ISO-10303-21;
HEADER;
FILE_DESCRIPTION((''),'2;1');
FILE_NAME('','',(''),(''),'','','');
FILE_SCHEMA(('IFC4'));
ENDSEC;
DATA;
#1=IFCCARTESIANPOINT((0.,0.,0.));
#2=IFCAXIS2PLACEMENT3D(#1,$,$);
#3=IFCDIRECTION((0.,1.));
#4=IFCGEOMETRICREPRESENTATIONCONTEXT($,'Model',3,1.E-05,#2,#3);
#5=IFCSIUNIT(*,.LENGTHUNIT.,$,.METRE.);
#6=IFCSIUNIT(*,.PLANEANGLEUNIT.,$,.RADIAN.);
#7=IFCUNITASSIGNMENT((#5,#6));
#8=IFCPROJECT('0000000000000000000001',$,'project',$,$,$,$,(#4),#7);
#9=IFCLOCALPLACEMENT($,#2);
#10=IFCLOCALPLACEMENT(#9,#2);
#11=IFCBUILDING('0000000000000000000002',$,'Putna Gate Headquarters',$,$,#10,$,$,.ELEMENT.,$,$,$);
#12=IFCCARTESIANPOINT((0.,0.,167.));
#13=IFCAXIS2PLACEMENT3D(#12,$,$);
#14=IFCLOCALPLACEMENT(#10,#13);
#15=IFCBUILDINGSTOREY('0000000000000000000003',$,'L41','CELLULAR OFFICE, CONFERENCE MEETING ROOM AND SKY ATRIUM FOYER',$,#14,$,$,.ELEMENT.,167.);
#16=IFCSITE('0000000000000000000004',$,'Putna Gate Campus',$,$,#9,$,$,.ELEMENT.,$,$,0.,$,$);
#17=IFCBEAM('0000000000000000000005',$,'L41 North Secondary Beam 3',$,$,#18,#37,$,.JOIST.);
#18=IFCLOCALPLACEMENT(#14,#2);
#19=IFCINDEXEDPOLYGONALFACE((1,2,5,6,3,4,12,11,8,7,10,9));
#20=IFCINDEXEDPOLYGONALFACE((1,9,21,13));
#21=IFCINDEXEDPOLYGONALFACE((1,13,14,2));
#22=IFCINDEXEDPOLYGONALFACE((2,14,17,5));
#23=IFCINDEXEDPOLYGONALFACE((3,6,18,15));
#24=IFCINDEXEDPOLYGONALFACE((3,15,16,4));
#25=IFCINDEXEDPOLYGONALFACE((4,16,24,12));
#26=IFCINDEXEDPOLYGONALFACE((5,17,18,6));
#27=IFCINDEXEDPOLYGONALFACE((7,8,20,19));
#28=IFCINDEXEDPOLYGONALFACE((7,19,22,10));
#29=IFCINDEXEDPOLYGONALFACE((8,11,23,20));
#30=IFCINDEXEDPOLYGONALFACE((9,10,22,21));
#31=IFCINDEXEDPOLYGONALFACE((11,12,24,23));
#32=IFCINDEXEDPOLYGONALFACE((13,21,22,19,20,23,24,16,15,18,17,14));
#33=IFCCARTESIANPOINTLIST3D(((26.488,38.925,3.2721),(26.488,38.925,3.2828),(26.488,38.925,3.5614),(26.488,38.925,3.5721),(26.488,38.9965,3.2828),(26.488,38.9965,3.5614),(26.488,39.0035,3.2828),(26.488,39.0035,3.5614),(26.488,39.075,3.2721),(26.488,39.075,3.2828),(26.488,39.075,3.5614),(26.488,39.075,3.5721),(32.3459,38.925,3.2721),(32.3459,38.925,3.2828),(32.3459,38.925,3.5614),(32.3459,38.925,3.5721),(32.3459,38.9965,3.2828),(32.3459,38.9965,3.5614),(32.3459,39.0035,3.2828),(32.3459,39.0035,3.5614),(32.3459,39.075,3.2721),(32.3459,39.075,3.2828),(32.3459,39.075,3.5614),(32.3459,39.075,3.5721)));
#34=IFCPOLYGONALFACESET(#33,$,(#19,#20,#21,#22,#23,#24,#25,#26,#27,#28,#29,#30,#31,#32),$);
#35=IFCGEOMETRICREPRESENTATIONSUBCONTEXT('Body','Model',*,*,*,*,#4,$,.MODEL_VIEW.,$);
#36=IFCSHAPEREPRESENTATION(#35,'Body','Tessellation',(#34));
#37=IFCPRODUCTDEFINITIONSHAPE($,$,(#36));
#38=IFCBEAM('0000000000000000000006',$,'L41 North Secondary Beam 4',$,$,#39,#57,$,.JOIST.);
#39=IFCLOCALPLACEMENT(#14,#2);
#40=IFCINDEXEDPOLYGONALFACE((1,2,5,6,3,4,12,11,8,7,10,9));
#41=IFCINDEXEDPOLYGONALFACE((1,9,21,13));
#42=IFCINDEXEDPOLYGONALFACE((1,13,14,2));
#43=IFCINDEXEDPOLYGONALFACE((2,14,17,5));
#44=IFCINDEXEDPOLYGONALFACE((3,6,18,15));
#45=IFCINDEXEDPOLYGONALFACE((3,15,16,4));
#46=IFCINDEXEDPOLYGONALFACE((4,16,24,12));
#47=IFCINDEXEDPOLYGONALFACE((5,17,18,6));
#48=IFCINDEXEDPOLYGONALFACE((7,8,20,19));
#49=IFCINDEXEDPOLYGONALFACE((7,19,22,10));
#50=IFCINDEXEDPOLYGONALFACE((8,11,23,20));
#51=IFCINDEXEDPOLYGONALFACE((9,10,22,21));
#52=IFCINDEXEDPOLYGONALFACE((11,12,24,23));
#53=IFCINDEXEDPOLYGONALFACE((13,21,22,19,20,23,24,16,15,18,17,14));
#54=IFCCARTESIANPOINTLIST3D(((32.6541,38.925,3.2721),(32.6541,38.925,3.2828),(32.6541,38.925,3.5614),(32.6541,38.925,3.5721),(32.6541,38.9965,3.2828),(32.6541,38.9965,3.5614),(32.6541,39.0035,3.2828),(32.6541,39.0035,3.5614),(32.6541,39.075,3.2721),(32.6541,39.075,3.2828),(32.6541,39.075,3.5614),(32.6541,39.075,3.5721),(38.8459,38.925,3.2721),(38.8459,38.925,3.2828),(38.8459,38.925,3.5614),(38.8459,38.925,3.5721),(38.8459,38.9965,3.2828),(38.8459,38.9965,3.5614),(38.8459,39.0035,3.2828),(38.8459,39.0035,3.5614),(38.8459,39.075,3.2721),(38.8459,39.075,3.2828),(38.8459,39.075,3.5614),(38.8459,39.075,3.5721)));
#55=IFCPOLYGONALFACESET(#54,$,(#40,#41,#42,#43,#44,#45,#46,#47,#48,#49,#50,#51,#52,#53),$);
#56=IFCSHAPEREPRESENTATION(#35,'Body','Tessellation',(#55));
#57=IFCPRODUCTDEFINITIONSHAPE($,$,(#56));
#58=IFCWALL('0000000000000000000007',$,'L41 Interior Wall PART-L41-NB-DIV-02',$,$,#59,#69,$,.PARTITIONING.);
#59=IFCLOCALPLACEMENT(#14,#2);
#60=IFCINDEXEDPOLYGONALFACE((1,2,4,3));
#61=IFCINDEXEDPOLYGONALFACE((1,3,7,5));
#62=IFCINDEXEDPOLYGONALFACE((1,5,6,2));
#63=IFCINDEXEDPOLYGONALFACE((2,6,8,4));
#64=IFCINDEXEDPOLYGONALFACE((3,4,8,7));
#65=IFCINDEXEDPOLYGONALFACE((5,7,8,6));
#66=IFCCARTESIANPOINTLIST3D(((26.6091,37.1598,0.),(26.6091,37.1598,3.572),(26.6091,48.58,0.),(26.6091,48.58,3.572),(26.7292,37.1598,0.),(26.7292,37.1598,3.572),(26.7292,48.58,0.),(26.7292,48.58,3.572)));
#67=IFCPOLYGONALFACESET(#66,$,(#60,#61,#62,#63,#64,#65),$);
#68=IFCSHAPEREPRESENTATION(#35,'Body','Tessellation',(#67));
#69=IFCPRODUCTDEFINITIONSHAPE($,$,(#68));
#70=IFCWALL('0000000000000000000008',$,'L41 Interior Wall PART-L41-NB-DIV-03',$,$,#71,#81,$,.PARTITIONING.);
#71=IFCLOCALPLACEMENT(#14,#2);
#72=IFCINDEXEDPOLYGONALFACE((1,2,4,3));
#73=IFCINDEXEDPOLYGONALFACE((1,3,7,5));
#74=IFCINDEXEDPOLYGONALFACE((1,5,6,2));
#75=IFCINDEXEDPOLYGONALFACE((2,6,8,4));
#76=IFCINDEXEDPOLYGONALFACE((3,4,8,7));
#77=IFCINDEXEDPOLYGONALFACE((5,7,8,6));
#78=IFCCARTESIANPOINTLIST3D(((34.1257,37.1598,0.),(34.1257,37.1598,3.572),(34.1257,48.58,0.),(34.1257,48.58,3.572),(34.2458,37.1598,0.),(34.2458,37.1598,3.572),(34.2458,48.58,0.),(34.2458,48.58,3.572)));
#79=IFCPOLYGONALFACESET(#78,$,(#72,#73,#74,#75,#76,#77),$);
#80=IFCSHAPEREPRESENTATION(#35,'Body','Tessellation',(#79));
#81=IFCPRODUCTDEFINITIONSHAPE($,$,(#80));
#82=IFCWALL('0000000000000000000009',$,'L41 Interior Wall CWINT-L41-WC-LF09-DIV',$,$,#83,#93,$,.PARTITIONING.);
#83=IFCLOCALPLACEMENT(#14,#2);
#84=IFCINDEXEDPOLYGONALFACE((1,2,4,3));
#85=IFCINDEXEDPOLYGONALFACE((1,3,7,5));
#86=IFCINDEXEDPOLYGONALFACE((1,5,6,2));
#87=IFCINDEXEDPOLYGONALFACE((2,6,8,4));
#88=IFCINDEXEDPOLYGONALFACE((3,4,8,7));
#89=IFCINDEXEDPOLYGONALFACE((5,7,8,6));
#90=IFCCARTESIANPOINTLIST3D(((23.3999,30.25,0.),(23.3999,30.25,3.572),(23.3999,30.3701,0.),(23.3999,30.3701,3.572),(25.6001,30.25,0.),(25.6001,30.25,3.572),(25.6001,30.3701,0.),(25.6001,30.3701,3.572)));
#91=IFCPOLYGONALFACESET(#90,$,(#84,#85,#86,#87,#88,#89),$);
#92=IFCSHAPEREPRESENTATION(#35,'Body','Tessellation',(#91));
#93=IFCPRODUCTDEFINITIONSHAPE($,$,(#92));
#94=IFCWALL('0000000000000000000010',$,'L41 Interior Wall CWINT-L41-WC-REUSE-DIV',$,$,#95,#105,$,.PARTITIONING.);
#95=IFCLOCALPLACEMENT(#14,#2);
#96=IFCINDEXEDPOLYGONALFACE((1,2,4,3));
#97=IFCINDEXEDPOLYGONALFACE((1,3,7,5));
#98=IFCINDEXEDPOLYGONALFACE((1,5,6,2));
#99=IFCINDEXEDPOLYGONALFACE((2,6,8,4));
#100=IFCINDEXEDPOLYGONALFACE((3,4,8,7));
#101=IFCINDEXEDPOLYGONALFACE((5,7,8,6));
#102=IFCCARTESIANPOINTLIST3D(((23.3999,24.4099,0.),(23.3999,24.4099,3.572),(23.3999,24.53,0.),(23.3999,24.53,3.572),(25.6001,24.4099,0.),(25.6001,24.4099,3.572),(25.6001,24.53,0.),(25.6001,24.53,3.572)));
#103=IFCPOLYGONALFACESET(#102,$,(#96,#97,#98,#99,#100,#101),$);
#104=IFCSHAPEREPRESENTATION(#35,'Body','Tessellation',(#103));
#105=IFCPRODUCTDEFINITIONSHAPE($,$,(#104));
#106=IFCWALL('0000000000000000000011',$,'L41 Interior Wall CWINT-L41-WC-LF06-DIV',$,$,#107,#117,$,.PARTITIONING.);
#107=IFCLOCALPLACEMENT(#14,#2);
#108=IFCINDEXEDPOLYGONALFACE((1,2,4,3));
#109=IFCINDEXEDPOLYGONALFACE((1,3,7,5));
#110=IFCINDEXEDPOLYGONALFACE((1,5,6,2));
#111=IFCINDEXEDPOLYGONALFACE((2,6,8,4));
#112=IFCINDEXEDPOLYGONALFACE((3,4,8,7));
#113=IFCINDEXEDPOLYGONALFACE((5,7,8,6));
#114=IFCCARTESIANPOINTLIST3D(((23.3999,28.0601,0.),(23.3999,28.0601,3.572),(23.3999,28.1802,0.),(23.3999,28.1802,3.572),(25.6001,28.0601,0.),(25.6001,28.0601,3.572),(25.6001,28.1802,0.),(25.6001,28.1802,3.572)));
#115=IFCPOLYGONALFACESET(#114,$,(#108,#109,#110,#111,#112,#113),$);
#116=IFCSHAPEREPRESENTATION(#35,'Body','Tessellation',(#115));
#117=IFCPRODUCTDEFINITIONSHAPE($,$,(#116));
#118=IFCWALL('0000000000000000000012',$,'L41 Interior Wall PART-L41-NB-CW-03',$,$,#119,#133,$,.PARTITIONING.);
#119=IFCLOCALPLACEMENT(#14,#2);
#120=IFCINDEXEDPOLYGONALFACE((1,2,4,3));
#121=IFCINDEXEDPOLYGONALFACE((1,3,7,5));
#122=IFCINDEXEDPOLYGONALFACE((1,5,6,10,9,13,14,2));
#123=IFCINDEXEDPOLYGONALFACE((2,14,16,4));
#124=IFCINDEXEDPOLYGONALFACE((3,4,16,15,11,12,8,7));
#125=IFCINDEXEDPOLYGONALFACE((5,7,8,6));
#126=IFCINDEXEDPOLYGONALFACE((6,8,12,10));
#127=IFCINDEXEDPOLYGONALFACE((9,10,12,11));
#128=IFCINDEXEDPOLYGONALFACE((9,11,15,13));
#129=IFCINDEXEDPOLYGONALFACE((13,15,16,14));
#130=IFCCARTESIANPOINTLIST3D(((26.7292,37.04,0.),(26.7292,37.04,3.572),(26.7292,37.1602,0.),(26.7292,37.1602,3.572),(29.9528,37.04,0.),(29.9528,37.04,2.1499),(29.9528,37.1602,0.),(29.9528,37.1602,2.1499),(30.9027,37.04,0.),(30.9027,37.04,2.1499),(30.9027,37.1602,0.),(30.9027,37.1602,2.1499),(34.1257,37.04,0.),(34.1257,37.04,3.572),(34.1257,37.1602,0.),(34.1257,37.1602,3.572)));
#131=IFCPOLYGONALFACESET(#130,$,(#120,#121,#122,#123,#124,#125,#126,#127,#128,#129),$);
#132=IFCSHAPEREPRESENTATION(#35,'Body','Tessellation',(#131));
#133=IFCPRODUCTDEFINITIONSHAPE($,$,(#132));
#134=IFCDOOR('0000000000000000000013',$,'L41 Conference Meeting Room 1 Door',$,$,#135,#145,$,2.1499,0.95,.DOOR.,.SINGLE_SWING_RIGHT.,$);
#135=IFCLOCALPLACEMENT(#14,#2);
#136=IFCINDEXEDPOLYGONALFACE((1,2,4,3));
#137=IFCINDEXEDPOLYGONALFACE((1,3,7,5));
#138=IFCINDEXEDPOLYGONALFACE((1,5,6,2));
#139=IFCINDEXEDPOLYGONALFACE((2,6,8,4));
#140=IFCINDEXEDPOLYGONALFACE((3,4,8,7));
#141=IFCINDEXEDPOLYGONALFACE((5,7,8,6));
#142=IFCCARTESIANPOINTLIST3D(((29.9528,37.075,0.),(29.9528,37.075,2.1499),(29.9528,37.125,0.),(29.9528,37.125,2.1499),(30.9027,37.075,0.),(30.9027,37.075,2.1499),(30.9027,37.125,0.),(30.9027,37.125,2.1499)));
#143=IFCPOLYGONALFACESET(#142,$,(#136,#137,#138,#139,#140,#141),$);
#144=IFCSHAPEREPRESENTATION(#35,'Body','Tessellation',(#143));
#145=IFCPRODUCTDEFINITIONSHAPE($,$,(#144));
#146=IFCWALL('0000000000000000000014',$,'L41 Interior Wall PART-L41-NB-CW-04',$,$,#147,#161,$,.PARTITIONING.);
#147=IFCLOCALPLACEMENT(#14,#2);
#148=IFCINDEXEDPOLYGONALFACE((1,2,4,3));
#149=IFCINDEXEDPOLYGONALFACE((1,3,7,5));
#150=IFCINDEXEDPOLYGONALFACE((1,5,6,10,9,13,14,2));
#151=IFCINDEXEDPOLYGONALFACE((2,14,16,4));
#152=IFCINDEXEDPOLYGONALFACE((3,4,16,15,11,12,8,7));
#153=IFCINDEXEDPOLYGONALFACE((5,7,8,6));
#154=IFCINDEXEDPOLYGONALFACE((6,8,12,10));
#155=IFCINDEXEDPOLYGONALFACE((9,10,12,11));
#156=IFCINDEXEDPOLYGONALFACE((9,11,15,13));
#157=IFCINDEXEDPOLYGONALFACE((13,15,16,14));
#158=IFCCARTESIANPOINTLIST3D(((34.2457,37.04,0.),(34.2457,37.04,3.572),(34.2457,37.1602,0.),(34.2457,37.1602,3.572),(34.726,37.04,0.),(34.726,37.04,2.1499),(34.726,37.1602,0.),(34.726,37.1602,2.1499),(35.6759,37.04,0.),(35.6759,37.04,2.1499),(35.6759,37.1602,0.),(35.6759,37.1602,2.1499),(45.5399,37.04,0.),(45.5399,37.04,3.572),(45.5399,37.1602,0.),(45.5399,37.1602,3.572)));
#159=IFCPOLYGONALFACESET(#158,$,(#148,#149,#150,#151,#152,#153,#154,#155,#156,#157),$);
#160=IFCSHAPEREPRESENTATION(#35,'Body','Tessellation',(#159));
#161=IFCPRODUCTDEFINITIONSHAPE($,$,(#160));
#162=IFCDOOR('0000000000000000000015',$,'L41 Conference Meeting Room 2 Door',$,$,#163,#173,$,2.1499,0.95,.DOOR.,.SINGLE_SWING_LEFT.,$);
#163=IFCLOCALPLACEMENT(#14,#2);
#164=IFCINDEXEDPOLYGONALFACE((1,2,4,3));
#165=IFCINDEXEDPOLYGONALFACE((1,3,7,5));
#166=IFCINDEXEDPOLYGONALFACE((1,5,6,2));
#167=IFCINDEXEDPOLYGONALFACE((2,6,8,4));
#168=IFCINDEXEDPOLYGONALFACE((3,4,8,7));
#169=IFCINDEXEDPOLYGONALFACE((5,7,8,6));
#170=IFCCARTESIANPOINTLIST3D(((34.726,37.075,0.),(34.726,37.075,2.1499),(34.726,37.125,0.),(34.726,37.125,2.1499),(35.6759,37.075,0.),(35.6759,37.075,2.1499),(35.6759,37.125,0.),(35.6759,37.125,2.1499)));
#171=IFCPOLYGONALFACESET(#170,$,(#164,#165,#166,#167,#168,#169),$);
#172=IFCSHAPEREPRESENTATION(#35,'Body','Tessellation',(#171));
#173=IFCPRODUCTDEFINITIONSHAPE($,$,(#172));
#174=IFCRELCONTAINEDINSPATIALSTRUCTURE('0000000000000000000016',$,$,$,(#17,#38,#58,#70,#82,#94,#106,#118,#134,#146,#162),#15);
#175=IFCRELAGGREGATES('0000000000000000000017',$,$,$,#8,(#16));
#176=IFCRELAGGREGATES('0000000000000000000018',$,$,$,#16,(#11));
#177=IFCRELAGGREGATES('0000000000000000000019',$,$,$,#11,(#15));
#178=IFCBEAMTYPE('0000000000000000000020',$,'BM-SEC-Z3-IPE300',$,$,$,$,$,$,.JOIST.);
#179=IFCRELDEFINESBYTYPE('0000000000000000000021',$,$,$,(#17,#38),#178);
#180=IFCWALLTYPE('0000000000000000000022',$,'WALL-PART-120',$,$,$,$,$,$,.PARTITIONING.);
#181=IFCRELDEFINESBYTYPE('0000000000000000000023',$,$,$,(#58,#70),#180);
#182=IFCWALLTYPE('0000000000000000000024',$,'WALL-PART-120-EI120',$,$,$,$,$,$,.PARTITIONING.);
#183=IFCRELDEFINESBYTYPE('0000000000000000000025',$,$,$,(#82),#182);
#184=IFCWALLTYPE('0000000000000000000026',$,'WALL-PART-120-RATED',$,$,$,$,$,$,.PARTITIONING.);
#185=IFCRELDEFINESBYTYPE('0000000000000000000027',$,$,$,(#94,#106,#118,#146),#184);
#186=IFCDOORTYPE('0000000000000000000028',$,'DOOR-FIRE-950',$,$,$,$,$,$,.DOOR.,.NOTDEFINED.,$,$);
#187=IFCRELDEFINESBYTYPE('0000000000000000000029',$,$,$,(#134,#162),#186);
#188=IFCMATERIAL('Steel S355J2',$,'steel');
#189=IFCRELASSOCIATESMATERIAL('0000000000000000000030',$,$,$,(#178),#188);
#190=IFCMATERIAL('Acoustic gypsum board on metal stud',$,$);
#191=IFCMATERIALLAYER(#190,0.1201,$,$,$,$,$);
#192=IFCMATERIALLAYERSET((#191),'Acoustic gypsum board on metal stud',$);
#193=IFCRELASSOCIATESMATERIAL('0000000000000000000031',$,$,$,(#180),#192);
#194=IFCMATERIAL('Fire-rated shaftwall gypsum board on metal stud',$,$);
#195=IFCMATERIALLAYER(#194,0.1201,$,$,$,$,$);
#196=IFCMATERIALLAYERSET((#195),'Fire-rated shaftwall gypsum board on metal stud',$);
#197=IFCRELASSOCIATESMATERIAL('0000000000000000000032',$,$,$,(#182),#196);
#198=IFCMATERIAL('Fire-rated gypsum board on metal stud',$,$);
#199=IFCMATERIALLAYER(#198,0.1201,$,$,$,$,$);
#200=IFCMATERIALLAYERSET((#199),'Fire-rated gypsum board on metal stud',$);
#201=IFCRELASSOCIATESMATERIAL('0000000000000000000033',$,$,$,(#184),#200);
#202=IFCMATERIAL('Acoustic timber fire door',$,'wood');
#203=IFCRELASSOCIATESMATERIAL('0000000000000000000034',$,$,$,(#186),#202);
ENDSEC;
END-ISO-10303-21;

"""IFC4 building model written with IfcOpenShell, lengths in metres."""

from ifc_helpers import new_model, si_unit, direction, frame, frame_2d, origin, origin_2d, place, context, subcontext, project, spatial, rectangle, i_section, extrude, material, layer, layer_set, material_profile, profile_set, type_object, element, fill, save


model = new_model("IFC4")

# Units and contexts
model_context = context("Model", 3, precision=1e-05, world=origin(), true_north=direction((0.0, 1.0)))
body_context = subcontext(model_context, "Body", "Model", "MODEL_VIEW")
ifc_project = project(units=[si_unit("LENGTHUNIT", "METRE"), si_unit("PLANEANGLEUNIT", "RADIAN")], contexts=[model_context])

# Site, building, storey
site_placement = place(None, origin())
site = spatial("IfcSite", under=ifc_project, at=site_placement, Name="Putna Gate Campus", CompositionType="ELEMENT", RefElevation=0.0)
building_placement = place(site_placement, origin())
building = spatial("IfcBuilding", under=site, at=building_placement, Name="Putna Gate Headquarters", CompositionType="ELEMENT")
storey_placement = place(building_placement, frame((0.0, 0.0, 167.0)))
storey = spatial("IfcBuildingStorey", under=building, at=storey_placement, Name="L41", Description="CELLULAR OFFICE, CONFERENCE MEETING ROOM AND SKY ATRIUM FOYER", CompositionType="ELEMENT", Elevation=167.0)

# Beams
ifc_material_1 = material(Name="Steel S355J2", Category="steel")
ifc_material_profile_1 = material_profile(ifc_material_1, i_section(OverallWidth=0.1499, OverallDepth=0.3, WebThickness=0.0071, FlangeThickness=0.0107, at=origin_2d()), Name="Steel S355J2")
ifc_profile_set_1 = profile_set([ifc_material_profile_1], Name="Steel S355J2")
beam_type_1 = type_object("IfcBeamType", Name="BM-SEC-Z3-IPE300", PredefinedType="JOIST", material=ifc_profile_set_1)
beam_1_placement = place(storey_placement, frame((26.488, 39.0, 3.4221), z_axis=(1.0, 0.0, 0.0), x_axis=(0.0, 1.0, 0.0)))
element("IfcBeam", 1, at=beam_1_placement, inside=storey, type_object=beam_type_1, Name="L41 North Secondary Beam 3", PredefinedType="JOIST", context=body_context, shape_type="SweptSolid", body=[
    extrude(i_section(OverallWidth=0.1499, OverallDepth=0.3, WebThickness=0.0071, FlangeThickness=0.0107, at=origin_2d()), origin(), (0.0, 0.0, 1.0), 5.8579),
])
beam_2_placement = place(storey_placement, frame((32.6541, 39.0, 3.4221), z_axis=(1.0, 0.0, 0.0), x_axis=(0.0, 1.0, 0.0)))
element("IfcBeam", 2, at=beam_2_placement, inside=storey, type_object=beam_type_1, Name="L41 North Secondary Beam 4", PredefinedType="JOIST", context=body_context, shape_type="SweptSolid", body=[
    extrude(i_section(OverallWidth=0.1499, OverallDepth=0.3, WebThickness=0.0071, FlangeThickness=0.0107, at=origin_2d()), origin(), (0.0, 0.0, 1.0), 6.1919),
])

# Walls
ifc_material_2 = material(Name="Acoustic gypsum board on metal stud")
ifc_layer_1 = layer(ifc_material_2, 0.1201)
ifc_layer_set_1 = layer_set([ifc_layer_1], Name="Acoustic gypsum board on metal stud")
wall_type_1 = type_object("IfcWallType", Name="WALL-PART-120", PredefinedType="PARTITIONING", material=ifc_layer_set_1)
for number, where, z_axis, x_axis, name in (
    (3, (26.6692, 37.1599, 0.0), (0.0, 0.0, 1.0), (0.0, 1.0, 0.0), "L41 Interior Wall PART-L41-NB-DIV-02"),
    (4, (34.1858, 37.1599, 0.0), (0.0, 0.0, 1.0), (0.0, 1.0, 0.0), "L41 Interior Wall PART-L41-NB-DIV-03"),
):
    element("IfcWall", number, at=place(storey_placement, frame(where, z_axis=z_axis, x_axis=x_axis)), inside=storey, type_object=wall_type_1, Name=name, PredefinedType="PARTITIONING", context=body_context, shape_type="SweptSolid", body=[
        extrude(rectangle(XDim=11.4202, YDim=0.1201, at=frame_2d((5.71, 0.0))), origin(), (0.0, 0.0, 1.0), 3.572),
    ])
ifc_material_3 = material(Name="Fire-rated shaftwall gypsum board on metal stud")
ifc_layer_2 = layer(ifc_material_3, 0.1201)
ifc_layer_set_2 = layer_set([ifc_layer_2], Name="Fire-rated shaftwall gypsum board on metal stud")
wall_type_2 = type_object("IfcWallType", Name="WALL-PART-120-EI120", PredefinedType="PARTITIONING", material=ifc_layer_set_2)
wall_1_placement = place(storey_placement, frame((23.3999, 30.3101, 0.0), z_axis=(0.0, 0.0, 1.0), x_axis=(1.0, 0.0, 0.0)))
element("IfcWall", 5, at=wall_1_placement, inside=storey, type_object=wall_type_2, Name="L41 Interior Wall CWINT-L41-WC-LF09-DIV", PredefinedType="PARTITIONING", context=body_context, shape_type="SweptSolid", body=[
    extrude(rectangle(XDim=2.2002, YDim=0.1201, at=frame_2d((1.1001, 0.0))), origin(), (0.0, 0.0, 1.0), 3.572),
])
ifc_material_4 = material(Name="Fire-rated gypsum board on metal stud")
ifc_layer_3 = layer(ifc_material_4, 0.1201)
ifc_layer_set_3 = layer_set([ifc_layer_3], Name="Fire-rated gypsum board on metal stud")
wall_type_3 = type_object("IfcWallType", Name="WALL-PART-120-RATED", PredefinedType="PARTITIONING", material=ifc_layer_set_3)
for number, where, z_axis, x_axis, name in (
    (6, (23.3999, 24.47, 0.0), (0.0, 0.0, 1.0), (1.0, 0.0, 0.0), "L41 Interior Wall CWINT-L41-WC-REUSE-DIV"),
    (7, (23.3999, 28.1201, 0.0), (0.0, 0.0, 1.0), (1.0, 0.0, 0.0), "L41 Interior Wall CWINT-L41-WC-LF06-DIV"),
):
    element("IfcWall", number, at=place(storey_placement, frame(where, z_axis=z_axis, x_axis=x_axis)), inside=storey, type_object=wall_type_3, Name=name, PredefinedType="PARTITIONING", context=body_context, shape_type="SweptSolid", body=[
        extrude(rectangle(XDim=2.2002, YDim=0.1201, at=frame_2d((1.1001, 0.0))), origin(), (0.0, 0.0, 1.0), 3.572),
    ])

# Walls, openings, doors
wall_2_placement = place(storey_placement, frame((26.7292, 37.1001, 0.0), z_axis=(0.0, 0.0, 1.0), x_axis=(1.0, 0.0, 0.0)))
wall_2 = element("IfcWall", 8, at=wall_2_placement, inside=storey, type_object=wall_type_3, Name="L41 Interior Wall PART-L41-NB-CW-03", PredefinedType="PARTITIONING", context=body_context, shape_type="SweptSolid", body=[
    extrude(rectangle(XDim=7.3965, YDim=0.1201, at=frame_2d((3.6982, 0.0))), origin(), (0.0, 0.0, 1.0), 3.572),
])
opening_1_placement = place(wall_2_placement, frame((3.2234, 0.0, 0.0)))
opening_1 = element("IfcOpeningElement", 9, at=opening_1_placement, cuts=wall_2, PredefinedType="OPENING", context=body_context, shape_type="SweptSolid", body=[
    extrude(rectangle(XDim=0.95, YDim=2.1499, at=frame_2d((0.4751, 1.075))), frame((0.0, 0.0701, 0.0), z_axis=(0.0, -1.0, 0.0), x_axis=(1.0, 0.0, 0.0)), (0.0, 0.0, 1.0), 0.1401),
])
ifc_material_5 = material(Name="Acoustic timber fire door", Category="wood")
door_type = type_object("IfcDoorType", Name="DOOR-FIRE-950", OperationType="NOTDEFINED", PredefinedType="DOOR", material=ifc_material_5)
door_1_placement = place(opening_1_placement, origin())
door_1 = element("IfcDoor", 10, at=door_1_placement, inside=storey, type_object=door_type, Name="L41 Conference Meeting Room 1 Door", OperationType="SINGLE_SWING_RIGHT", OverallHeight=2.1499, OverallWidth=0.95, PredefinedType="DOOR", context=body_context, shape_type="SweptSolid", body=[
    extrude(rectangle(XDim=0.95, YDim=2.1499, at=frame_2d((0.4751, 1.075))), frame((0.0, 0.0249, 0.0), z_axis=(0.0, -1.0, 0.0), x_axis=(1.0, 0.0, 0.0)), (0.0, 0.0, 1.0), 0.05),
])
fill(opening_1, door_1)
wall_3_placement = place(storey_placement, frame((34.2458, 37.1001, 0.0), z_axis=(0.0, 0.0, 1.0), x_axis=(1.0, 0.0, 0.0)))
wall_3 = element("IfcWall", 11, at=wall_3_placement, inside=storey, type_object=wall_type_3, Name="L41 Interior Wall PART-L41-NB-CW-04", PredefinedType="PARTITIONING", context=body_context, shape_type="SweptSolid", body=[
    extrude(rectangle(XDim=11.2942, YDim=0.1201, at=frame_2d((5.647, 0.0))), origin(), (0.0, 0.0, 1.0), 3.572),
])
opening_2_placement = place(wall_3_placement, frame((0.48, 0.0, 0.0)))
opening_2 = element("IfcOpeningElement", 12, at=opening_2_placement, cuts=wall_3, PredefinedType="OPENING", context=body_context, shape_type="SweptSolid", body=[
    extrude(rectangle(XDim=0.95, YDim=2.1499, at=frame_2d((0.4751, 1.075))), frame((0.0, 0.0701, 0.0), z_axis=(0.0, -1.0, 0.0), x_axis=(1.0, 0.0, 0.0)), (0.0, 0.0, 1.0), 0.1401),
])
door_2_placement = place(opening_2_placement, origin())
door_2 = element("IfcDoor", 13, at=door_2_placement, inside=storey, type_object=door_type, Name="L41 Conference Meeting Room 2 Door", OperationType="SINGLE_SWING_LEFT", OverallHeight=2.1499, OverallWidth=0.95, PredefinedType="DOOR", context=body_context, shape_type="SweptSolid", body=[
    extrude(rectangle(XDim=0.95, YDim=2.1499, at=frame_2d((0.4751, 1.075))), frame((0.0, 0.0249, 0.0), z_axis=(0.0, -1.0, 0.0), x_axis=(1.0, 0.0, 0.0)), (0.0, 0.0, 1.0), 0.05),
])
fill(opening_2, door_2)

save(model, "model.ifc")
